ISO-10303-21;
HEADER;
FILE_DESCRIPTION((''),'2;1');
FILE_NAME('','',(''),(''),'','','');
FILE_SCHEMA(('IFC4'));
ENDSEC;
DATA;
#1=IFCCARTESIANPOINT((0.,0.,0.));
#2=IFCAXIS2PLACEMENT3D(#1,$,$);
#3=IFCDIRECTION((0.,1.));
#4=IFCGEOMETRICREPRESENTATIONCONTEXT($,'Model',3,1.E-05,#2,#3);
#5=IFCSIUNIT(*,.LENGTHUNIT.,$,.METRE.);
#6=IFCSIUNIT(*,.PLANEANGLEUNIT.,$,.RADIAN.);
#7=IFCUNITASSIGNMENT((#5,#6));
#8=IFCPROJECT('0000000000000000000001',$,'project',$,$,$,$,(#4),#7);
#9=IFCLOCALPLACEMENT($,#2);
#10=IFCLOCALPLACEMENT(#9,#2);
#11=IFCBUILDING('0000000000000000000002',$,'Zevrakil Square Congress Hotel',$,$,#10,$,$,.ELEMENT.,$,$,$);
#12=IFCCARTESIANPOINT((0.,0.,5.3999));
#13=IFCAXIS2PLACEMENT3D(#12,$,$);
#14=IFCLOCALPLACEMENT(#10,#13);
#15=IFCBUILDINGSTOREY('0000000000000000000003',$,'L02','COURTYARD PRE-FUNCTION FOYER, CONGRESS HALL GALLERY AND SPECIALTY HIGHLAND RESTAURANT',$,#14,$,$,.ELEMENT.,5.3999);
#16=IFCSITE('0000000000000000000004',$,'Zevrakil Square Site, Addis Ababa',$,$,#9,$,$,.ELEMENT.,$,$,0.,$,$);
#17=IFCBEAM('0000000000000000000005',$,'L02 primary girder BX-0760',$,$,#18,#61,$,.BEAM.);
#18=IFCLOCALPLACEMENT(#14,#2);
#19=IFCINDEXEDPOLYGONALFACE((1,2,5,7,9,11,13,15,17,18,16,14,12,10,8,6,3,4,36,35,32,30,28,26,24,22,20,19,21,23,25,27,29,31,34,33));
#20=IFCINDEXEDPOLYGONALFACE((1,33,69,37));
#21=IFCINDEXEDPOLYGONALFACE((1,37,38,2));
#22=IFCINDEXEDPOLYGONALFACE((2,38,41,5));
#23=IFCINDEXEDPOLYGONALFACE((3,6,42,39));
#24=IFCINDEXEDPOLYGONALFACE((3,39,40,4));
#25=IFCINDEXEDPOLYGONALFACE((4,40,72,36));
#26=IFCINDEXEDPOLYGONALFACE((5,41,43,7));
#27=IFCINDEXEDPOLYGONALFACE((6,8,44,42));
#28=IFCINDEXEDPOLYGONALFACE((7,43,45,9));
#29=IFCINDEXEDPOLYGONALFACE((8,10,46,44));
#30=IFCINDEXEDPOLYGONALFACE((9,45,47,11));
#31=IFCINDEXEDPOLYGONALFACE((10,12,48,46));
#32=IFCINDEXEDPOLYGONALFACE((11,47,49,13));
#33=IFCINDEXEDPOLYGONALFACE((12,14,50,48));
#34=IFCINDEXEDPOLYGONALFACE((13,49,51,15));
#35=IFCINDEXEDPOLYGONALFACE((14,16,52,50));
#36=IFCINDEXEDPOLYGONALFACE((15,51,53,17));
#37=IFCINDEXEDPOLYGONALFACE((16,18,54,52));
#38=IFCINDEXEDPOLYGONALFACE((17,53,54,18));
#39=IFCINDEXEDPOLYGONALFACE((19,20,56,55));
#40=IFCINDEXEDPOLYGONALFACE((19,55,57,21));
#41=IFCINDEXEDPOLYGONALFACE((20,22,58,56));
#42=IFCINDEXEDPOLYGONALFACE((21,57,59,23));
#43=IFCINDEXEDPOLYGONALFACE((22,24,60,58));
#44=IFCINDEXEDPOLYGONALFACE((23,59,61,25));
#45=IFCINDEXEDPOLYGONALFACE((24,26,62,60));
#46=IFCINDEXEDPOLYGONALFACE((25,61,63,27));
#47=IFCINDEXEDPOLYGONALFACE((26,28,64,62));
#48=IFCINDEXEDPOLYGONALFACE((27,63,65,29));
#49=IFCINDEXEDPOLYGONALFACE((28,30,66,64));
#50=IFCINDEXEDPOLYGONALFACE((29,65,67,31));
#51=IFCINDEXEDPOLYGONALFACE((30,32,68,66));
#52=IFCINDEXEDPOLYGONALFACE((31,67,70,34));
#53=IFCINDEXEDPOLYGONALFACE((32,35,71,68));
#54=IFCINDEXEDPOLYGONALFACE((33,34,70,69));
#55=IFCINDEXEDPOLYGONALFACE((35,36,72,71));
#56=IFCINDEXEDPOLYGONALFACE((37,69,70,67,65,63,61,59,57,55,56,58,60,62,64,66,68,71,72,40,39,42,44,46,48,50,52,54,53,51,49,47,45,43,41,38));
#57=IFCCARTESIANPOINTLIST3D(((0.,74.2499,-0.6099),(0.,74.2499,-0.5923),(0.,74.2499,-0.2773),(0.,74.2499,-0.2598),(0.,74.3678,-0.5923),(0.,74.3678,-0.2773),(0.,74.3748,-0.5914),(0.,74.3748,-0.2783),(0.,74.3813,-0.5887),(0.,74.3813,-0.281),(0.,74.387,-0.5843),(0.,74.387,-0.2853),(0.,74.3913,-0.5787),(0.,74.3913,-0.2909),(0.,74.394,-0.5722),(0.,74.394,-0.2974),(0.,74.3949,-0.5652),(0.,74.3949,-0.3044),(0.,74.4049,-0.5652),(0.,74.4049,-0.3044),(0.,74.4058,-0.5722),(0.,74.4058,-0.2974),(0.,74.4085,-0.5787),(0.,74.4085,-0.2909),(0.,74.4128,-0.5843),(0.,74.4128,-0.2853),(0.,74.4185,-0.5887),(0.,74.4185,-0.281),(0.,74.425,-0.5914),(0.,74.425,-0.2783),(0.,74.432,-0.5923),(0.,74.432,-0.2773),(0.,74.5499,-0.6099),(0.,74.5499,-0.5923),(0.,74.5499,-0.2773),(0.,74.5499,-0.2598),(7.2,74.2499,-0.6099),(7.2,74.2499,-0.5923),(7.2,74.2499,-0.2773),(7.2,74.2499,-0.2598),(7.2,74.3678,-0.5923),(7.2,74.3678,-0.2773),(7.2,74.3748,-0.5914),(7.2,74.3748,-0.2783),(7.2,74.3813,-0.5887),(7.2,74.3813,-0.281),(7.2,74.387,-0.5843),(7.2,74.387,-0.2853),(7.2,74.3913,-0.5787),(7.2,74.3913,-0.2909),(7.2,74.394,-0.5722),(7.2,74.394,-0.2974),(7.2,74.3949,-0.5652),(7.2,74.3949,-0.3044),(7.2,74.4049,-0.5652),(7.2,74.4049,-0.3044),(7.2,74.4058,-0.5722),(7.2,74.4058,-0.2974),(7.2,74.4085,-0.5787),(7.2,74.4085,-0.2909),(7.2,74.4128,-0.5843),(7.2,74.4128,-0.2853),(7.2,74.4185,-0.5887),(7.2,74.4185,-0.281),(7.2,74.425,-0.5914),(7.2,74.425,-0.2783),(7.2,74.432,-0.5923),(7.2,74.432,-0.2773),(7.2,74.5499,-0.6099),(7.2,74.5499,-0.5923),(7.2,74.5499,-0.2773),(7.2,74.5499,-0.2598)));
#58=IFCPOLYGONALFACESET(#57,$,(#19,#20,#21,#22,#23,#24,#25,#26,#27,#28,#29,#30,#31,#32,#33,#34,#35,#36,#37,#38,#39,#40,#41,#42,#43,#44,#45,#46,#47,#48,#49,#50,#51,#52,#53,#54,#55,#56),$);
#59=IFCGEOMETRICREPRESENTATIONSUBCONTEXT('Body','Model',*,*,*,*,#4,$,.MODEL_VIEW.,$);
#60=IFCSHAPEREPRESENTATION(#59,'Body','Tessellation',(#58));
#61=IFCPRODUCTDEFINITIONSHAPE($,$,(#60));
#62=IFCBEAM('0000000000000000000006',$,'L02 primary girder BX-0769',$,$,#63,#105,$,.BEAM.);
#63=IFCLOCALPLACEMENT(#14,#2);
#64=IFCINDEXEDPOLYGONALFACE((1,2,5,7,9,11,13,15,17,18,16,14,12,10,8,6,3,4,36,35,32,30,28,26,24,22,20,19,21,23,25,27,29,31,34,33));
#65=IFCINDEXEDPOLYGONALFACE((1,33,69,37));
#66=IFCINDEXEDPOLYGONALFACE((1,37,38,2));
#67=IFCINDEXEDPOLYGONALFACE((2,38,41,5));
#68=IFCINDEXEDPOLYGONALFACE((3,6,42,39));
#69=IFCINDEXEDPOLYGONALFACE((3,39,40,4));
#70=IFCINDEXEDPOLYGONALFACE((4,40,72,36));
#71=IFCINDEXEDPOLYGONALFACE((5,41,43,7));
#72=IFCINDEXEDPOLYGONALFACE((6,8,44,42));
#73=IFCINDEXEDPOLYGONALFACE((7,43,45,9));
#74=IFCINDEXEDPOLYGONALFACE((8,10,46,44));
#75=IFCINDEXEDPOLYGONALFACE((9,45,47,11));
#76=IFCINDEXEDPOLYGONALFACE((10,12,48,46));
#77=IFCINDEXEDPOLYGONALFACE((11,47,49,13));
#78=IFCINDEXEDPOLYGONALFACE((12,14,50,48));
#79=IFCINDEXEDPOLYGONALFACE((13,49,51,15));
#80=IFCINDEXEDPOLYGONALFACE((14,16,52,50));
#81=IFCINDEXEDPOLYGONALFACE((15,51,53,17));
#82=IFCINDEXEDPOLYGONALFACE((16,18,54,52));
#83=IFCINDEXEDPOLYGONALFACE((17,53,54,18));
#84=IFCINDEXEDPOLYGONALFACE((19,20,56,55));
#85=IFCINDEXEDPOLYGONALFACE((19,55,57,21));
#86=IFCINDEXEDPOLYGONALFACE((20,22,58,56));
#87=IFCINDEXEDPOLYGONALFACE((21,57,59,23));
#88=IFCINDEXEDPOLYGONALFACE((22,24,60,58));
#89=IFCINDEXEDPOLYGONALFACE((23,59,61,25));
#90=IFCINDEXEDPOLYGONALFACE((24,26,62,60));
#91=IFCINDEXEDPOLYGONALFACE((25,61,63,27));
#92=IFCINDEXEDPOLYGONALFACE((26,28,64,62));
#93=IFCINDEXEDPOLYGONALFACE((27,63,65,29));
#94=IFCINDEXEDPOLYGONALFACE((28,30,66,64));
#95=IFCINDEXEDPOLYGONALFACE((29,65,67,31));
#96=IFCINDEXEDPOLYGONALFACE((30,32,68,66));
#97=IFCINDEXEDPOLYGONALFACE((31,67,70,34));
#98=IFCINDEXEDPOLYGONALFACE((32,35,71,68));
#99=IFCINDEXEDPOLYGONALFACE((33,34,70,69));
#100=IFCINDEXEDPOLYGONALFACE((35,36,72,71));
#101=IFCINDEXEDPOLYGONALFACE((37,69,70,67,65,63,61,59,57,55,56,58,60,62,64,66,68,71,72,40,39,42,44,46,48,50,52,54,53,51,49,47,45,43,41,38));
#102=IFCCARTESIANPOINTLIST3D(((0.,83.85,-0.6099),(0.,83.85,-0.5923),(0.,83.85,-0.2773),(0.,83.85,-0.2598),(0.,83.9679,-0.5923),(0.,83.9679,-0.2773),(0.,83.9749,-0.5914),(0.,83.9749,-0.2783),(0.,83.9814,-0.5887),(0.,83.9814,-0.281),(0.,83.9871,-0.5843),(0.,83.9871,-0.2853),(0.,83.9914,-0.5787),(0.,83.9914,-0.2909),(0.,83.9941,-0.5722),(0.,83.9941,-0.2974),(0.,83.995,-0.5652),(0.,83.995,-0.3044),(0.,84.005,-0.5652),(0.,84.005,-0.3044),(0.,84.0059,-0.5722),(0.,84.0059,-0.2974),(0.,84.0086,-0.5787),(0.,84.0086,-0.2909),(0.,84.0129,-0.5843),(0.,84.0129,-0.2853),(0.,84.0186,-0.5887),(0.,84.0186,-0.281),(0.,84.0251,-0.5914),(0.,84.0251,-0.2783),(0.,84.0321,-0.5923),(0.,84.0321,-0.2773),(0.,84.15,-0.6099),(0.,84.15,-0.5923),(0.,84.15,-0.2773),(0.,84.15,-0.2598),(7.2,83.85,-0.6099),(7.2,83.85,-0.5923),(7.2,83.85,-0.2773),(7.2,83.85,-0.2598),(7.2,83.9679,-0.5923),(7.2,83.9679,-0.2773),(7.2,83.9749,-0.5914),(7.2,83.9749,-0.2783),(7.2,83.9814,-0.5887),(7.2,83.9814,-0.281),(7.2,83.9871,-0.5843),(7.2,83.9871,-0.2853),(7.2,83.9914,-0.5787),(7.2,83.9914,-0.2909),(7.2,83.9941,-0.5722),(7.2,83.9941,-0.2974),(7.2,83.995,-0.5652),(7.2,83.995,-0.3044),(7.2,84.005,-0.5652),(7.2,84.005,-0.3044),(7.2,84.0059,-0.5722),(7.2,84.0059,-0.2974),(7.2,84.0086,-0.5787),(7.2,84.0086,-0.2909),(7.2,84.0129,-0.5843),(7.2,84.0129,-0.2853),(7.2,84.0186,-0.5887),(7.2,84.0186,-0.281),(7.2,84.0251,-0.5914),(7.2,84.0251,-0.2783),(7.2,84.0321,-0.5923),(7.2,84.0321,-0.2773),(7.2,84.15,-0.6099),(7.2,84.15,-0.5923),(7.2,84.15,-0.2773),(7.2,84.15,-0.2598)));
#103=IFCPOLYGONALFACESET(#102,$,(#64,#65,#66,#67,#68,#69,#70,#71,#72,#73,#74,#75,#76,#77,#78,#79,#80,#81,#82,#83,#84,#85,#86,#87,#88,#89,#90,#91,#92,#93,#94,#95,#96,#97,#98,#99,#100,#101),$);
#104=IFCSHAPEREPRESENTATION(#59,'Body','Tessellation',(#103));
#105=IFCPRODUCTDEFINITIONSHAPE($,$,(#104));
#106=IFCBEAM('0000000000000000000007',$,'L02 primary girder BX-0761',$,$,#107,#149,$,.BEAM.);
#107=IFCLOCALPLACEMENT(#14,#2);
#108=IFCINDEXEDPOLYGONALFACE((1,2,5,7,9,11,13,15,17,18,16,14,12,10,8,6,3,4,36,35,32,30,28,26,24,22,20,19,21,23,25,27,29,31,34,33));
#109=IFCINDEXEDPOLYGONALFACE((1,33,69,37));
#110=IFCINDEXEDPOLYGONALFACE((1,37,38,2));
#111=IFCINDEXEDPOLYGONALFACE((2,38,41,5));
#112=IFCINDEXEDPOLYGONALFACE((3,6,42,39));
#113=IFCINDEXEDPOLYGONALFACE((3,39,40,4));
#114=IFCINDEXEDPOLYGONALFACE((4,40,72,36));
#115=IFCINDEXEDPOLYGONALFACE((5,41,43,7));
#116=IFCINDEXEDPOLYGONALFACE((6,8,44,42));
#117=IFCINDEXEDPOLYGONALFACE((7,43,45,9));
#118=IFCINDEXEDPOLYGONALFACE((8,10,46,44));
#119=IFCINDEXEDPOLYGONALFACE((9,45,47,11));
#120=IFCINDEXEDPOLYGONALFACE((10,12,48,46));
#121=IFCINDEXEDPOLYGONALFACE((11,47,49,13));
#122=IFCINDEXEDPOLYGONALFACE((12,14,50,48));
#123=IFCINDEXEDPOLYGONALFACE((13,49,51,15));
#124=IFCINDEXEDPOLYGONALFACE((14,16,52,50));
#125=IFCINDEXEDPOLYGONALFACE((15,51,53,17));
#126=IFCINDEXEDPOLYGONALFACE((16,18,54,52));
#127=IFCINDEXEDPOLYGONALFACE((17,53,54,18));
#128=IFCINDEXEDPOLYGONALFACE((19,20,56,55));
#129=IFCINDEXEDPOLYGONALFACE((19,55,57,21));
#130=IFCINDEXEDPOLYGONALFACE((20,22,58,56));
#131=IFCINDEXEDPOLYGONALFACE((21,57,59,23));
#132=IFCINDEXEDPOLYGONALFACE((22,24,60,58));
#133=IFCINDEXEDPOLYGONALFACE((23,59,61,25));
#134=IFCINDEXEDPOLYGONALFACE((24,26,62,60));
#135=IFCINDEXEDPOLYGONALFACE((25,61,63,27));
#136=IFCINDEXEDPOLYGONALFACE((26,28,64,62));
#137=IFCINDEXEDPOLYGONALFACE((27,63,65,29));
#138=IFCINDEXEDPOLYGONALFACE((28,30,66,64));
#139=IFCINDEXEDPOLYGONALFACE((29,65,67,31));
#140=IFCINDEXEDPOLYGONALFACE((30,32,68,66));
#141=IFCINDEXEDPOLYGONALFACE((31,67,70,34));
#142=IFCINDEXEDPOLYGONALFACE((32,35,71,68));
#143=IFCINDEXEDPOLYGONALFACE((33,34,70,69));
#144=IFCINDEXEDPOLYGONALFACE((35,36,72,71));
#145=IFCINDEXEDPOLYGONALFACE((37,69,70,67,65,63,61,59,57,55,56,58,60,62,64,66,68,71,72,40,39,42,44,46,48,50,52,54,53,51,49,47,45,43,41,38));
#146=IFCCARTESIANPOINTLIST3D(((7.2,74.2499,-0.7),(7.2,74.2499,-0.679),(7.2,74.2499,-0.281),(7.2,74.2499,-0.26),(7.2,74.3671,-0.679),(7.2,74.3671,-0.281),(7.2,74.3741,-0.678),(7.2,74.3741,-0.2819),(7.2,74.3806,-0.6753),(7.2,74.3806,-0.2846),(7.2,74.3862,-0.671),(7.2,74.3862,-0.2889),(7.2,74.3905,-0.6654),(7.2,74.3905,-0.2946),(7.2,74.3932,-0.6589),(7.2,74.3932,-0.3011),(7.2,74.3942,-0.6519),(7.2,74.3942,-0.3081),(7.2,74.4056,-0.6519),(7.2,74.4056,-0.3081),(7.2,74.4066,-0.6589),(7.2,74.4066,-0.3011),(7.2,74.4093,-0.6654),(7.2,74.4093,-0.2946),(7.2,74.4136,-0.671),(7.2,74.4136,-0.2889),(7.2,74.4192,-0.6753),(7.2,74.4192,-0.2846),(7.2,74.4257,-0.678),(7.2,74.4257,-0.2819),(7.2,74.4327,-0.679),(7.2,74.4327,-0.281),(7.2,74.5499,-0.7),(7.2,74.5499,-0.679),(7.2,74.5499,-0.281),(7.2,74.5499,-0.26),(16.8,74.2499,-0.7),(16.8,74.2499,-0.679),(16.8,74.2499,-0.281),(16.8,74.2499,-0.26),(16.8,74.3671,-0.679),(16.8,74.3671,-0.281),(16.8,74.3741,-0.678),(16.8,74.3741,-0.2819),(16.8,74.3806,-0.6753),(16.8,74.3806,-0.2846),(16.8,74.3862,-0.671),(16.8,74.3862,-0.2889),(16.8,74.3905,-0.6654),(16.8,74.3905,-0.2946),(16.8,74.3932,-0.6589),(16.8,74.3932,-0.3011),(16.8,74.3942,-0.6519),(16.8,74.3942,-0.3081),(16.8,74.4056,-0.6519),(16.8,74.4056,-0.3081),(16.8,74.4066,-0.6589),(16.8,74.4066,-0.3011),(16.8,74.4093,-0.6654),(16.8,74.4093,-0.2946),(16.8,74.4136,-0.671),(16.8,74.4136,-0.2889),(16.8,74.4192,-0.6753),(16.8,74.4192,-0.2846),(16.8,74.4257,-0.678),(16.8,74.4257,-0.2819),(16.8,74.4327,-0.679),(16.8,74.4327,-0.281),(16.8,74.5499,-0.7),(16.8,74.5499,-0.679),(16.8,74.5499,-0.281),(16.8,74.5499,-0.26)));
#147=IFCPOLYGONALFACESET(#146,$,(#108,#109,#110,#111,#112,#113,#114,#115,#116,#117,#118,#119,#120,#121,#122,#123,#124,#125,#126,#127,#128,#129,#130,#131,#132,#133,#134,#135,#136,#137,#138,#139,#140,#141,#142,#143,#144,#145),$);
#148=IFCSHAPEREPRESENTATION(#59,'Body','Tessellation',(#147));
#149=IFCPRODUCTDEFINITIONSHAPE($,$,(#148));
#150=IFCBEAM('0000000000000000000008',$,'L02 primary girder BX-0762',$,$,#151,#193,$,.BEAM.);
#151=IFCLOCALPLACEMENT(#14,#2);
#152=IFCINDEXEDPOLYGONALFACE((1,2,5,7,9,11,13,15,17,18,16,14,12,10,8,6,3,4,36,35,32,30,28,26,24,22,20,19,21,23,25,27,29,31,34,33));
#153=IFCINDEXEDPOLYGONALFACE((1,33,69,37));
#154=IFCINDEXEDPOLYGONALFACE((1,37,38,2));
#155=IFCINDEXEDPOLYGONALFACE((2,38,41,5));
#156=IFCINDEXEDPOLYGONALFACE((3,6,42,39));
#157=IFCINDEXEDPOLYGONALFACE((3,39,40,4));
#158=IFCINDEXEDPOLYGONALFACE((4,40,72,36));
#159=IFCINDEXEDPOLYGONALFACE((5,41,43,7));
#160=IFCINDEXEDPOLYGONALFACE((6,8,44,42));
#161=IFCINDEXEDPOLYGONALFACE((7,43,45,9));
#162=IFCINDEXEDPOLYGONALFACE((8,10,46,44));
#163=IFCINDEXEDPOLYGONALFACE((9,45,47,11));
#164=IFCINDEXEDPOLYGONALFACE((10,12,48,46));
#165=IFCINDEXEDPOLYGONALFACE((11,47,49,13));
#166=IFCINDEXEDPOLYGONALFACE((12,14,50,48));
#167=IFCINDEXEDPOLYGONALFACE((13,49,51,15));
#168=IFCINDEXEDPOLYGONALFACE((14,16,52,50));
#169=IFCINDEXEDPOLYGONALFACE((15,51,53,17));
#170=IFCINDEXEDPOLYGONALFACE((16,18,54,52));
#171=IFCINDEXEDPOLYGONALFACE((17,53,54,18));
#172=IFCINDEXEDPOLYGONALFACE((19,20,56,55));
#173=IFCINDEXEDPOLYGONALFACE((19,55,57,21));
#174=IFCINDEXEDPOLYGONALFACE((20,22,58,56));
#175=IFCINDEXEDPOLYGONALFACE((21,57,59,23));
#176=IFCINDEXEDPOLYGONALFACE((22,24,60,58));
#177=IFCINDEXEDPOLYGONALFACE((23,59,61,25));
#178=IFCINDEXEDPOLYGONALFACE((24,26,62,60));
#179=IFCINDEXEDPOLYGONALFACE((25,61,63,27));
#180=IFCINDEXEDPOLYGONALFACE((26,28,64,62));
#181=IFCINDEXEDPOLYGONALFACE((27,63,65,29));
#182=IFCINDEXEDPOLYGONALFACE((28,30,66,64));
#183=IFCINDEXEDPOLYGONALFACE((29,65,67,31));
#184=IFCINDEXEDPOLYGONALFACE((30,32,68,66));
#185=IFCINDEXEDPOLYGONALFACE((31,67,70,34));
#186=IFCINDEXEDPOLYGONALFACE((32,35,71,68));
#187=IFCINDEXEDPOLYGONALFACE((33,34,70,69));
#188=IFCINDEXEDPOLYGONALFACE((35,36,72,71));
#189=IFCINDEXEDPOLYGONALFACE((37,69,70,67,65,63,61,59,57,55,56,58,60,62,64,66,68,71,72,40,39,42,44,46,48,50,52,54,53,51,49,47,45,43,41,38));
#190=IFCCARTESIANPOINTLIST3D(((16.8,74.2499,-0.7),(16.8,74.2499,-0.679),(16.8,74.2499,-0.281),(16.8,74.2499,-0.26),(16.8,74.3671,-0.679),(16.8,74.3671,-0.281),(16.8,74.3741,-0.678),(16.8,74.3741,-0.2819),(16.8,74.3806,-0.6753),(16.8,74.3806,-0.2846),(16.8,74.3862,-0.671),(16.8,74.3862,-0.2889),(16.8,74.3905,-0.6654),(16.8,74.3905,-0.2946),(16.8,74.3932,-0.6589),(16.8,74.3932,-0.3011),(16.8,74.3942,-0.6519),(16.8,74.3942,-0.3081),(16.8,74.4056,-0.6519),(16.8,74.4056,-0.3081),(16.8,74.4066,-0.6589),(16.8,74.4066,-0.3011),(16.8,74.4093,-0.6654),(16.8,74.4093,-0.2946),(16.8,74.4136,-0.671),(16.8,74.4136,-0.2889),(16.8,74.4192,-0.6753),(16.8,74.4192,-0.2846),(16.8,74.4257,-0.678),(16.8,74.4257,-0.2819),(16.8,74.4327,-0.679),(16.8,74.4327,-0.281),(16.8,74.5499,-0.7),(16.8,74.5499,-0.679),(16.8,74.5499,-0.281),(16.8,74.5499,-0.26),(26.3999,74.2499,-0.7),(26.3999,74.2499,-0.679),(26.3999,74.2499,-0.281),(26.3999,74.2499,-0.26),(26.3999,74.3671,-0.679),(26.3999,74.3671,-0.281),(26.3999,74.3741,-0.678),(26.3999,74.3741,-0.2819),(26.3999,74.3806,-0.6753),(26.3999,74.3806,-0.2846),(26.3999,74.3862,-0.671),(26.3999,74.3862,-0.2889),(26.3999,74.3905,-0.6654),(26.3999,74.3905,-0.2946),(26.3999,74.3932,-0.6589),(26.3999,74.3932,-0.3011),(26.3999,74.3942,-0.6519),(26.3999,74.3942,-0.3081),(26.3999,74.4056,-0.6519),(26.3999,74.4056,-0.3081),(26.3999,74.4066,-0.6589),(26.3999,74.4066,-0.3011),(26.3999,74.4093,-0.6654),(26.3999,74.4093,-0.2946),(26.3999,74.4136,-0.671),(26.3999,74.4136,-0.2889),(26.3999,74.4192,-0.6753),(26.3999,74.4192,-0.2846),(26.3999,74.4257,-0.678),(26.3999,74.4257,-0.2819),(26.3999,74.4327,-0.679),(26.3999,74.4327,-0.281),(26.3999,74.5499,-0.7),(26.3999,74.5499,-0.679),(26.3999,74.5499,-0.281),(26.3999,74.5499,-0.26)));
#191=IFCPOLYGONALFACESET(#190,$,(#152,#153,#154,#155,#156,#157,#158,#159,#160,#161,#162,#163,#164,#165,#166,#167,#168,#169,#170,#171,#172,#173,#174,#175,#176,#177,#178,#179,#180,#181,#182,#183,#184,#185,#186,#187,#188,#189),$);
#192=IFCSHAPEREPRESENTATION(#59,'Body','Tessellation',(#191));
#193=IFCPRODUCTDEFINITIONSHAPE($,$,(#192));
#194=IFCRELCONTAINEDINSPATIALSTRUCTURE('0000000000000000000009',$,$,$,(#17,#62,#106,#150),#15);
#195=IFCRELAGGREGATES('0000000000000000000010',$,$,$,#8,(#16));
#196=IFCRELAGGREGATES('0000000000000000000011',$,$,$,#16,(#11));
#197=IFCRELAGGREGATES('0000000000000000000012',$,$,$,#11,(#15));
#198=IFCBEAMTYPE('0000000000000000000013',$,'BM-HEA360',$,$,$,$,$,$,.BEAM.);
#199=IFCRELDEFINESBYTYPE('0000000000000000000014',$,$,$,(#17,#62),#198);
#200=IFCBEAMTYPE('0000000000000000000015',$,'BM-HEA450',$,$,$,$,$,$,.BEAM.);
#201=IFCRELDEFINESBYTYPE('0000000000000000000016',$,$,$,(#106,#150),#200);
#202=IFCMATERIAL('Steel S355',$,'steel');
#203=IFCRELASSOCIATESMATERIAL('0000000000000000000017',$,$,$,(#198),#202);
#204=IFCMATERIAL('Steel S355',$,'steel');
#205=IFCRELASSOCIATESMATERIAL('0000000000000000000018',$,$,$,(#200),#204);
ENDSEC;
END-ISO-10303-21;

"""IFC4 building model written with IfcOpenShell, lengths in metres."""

from ifc_helpers import new_model, si_unit, direction, frame, origin, origin_2d, place, context, subcontext, project, spatial, i_section, extrude, material, material_profile, profile_set, type_object, element, save


model = new_model("IFC4")

# Units and contexts
model_context = context("Model", 3, precision=1e-05, world=origin(), true_north=direction((0.0, 1.0)))
body_context = subcontext(model_context, "Body", "Model", "MODEL_VIEW")
ifc_project = project(units=[si_unit("LENGTHUNIT", "METRE"), si_unit("PLANEANGLEUNIT", "RADIAN")], contexts=[model_context])

# Site, building, storey
site_placement = place(None, origin())
site = spatial("IfcSite", under=ifc_project, at=site_placement, Name="Zevrakil Square Site, Addis Ababa", CompositionType="ELEMENT", RefElevation=0.0)
building_placement = place(site_placement, origin())
building = spatial("IfcBuilding", under=site, at=building_placement, Name="Zevrakil Square Congress Hotel", CompositionType="ELEMENT")
storey_placement = place(building_placement, frame((0.0, 0.0, 5.3999)))
storey = spatial("IfcBuildingStorey", under=building, at=storey_placement, Name="L02", Description="COURTYARD PRE-FUNCTION FOYER, CONGRESS HALL GALLERY AND SPECIALTY HIGHLAND RESTAURANT", CompositionType="ELEMENT", Elevation=5.3999)

# Beams
ifc_material_1 = material(Name="Steel S355", Category="steel")
ifc_material_profile_1 = material_profile(ifc_material_1, i_section(OverallWidth=0.3, OverallDepth=0.3501, WebThickness=0.01, FlangeThickness=0.0176, FilletRadius=0.0271, at=origin_2d()), Name="HEA 360")
ifc_profile_set_1 = profile_set([ifc_material_profile_1], Name="Steel S355")
beam_type_1 = type_object("IfcBeamType", Name="BM-HEA360", PredefinedType="BEAM", material=ifc_profile_set_1)
for number, where, z_axis, x_axis, name in (
    (1, (0.0, 74.3999, -0.4348), (1.0, 0.0, 0.0), (0.0, 1.0, 0.0), "L02 primary girder BX-0760"),
    (2, (0.0, 84.0, -0.4348), (1.0, 0.0, 0.0), (0.0, 1.0, 0.0), "L02 primary girder BX-0769"),
):
    element("IfcBeam", number, at=place(storey_placement, frame(where, z_axis=z_axis, x_axis=x_axis)), inside=storey, type_object=beam_type_1, Name=name, PredefinedType="BEAM", context=body_context, shape_type="SweptSolid", body=[
        extrude(i_section(OverallWidth=0.3, OverallDepth=0.3501, WebThickness=0.01, FlangeThickness=0.0176, FilletRadius=0.0271, at=origin_2d()), origin(), (0.0, 0.0, 1.0), 7.2),
    ])
ifc_material_2 = material(Name="Steel S355", Category="steel")
ifc_material_profile_2 = material_profile(ifc_material_2, i_section(OverallWidth=0.3, OverallDepth=0.4399, WebThickness=0.0115, FlangeThickness=0.021, FilletRadius=0.0271, at=origin_2d()), Name="HEA 450")
ifc_profile_set_2 = profile_set([ifc_material_profile_2], Name="Steel S355")
beam_type_2 = type_object("IfcBeamType", Name="BM-HEA450", PredefinedType="BEAM", material=ifc_profile_set_2)
beam_1_placement = place(storey_placement, frame((7.2, 74.3999, -0.48), z_axis=(1.0, 0.0, 0.0), x_axis=(0.0, 1.0, 0.0)))
element("IfcBeam", 3, at=beam_1_placement, inside=storey, type_object=beam_type_2, Name="L02 primary girder BX-0761", PredefinedType="BEAM", context=body_context, shape_type="SweptSolid", body=[
    extrude(i_section(OverallWidth=0.3, OverallDepth=0.4399, WebThickness=0.0115, FlangeThickness=0.021, FilletRadius=0.0271, at=origin_2d()), origin(), (0.0, 0.0, 1.0), 9.6001),
])
beam_2_placement = place(storey_placement, frame((16.8, 74.3999, -0.48), z_axis=(1.0, 0.0, 0.0), x_axis=(0.0, 1.0, 0.0)))
element("IfcBeam", 4, at=beam_2_placement, inside=storey, type_object=beam_type_2, Name="L02 primary girder BX-0762", PredefinedType="BEAM", context=body_context, shape_type="SweptSolid", body=[
    extrude(i_section(OverallWidth=0.3, OverallDepth=0.4399, WebThickness=0.0115, FlangeThickness=0.021, FilletRadius=0.0271, at=origin_2d()), origin(), (0.0, 0.0, 1.0), 9.5999),
])

save(model, "model.ifc")
